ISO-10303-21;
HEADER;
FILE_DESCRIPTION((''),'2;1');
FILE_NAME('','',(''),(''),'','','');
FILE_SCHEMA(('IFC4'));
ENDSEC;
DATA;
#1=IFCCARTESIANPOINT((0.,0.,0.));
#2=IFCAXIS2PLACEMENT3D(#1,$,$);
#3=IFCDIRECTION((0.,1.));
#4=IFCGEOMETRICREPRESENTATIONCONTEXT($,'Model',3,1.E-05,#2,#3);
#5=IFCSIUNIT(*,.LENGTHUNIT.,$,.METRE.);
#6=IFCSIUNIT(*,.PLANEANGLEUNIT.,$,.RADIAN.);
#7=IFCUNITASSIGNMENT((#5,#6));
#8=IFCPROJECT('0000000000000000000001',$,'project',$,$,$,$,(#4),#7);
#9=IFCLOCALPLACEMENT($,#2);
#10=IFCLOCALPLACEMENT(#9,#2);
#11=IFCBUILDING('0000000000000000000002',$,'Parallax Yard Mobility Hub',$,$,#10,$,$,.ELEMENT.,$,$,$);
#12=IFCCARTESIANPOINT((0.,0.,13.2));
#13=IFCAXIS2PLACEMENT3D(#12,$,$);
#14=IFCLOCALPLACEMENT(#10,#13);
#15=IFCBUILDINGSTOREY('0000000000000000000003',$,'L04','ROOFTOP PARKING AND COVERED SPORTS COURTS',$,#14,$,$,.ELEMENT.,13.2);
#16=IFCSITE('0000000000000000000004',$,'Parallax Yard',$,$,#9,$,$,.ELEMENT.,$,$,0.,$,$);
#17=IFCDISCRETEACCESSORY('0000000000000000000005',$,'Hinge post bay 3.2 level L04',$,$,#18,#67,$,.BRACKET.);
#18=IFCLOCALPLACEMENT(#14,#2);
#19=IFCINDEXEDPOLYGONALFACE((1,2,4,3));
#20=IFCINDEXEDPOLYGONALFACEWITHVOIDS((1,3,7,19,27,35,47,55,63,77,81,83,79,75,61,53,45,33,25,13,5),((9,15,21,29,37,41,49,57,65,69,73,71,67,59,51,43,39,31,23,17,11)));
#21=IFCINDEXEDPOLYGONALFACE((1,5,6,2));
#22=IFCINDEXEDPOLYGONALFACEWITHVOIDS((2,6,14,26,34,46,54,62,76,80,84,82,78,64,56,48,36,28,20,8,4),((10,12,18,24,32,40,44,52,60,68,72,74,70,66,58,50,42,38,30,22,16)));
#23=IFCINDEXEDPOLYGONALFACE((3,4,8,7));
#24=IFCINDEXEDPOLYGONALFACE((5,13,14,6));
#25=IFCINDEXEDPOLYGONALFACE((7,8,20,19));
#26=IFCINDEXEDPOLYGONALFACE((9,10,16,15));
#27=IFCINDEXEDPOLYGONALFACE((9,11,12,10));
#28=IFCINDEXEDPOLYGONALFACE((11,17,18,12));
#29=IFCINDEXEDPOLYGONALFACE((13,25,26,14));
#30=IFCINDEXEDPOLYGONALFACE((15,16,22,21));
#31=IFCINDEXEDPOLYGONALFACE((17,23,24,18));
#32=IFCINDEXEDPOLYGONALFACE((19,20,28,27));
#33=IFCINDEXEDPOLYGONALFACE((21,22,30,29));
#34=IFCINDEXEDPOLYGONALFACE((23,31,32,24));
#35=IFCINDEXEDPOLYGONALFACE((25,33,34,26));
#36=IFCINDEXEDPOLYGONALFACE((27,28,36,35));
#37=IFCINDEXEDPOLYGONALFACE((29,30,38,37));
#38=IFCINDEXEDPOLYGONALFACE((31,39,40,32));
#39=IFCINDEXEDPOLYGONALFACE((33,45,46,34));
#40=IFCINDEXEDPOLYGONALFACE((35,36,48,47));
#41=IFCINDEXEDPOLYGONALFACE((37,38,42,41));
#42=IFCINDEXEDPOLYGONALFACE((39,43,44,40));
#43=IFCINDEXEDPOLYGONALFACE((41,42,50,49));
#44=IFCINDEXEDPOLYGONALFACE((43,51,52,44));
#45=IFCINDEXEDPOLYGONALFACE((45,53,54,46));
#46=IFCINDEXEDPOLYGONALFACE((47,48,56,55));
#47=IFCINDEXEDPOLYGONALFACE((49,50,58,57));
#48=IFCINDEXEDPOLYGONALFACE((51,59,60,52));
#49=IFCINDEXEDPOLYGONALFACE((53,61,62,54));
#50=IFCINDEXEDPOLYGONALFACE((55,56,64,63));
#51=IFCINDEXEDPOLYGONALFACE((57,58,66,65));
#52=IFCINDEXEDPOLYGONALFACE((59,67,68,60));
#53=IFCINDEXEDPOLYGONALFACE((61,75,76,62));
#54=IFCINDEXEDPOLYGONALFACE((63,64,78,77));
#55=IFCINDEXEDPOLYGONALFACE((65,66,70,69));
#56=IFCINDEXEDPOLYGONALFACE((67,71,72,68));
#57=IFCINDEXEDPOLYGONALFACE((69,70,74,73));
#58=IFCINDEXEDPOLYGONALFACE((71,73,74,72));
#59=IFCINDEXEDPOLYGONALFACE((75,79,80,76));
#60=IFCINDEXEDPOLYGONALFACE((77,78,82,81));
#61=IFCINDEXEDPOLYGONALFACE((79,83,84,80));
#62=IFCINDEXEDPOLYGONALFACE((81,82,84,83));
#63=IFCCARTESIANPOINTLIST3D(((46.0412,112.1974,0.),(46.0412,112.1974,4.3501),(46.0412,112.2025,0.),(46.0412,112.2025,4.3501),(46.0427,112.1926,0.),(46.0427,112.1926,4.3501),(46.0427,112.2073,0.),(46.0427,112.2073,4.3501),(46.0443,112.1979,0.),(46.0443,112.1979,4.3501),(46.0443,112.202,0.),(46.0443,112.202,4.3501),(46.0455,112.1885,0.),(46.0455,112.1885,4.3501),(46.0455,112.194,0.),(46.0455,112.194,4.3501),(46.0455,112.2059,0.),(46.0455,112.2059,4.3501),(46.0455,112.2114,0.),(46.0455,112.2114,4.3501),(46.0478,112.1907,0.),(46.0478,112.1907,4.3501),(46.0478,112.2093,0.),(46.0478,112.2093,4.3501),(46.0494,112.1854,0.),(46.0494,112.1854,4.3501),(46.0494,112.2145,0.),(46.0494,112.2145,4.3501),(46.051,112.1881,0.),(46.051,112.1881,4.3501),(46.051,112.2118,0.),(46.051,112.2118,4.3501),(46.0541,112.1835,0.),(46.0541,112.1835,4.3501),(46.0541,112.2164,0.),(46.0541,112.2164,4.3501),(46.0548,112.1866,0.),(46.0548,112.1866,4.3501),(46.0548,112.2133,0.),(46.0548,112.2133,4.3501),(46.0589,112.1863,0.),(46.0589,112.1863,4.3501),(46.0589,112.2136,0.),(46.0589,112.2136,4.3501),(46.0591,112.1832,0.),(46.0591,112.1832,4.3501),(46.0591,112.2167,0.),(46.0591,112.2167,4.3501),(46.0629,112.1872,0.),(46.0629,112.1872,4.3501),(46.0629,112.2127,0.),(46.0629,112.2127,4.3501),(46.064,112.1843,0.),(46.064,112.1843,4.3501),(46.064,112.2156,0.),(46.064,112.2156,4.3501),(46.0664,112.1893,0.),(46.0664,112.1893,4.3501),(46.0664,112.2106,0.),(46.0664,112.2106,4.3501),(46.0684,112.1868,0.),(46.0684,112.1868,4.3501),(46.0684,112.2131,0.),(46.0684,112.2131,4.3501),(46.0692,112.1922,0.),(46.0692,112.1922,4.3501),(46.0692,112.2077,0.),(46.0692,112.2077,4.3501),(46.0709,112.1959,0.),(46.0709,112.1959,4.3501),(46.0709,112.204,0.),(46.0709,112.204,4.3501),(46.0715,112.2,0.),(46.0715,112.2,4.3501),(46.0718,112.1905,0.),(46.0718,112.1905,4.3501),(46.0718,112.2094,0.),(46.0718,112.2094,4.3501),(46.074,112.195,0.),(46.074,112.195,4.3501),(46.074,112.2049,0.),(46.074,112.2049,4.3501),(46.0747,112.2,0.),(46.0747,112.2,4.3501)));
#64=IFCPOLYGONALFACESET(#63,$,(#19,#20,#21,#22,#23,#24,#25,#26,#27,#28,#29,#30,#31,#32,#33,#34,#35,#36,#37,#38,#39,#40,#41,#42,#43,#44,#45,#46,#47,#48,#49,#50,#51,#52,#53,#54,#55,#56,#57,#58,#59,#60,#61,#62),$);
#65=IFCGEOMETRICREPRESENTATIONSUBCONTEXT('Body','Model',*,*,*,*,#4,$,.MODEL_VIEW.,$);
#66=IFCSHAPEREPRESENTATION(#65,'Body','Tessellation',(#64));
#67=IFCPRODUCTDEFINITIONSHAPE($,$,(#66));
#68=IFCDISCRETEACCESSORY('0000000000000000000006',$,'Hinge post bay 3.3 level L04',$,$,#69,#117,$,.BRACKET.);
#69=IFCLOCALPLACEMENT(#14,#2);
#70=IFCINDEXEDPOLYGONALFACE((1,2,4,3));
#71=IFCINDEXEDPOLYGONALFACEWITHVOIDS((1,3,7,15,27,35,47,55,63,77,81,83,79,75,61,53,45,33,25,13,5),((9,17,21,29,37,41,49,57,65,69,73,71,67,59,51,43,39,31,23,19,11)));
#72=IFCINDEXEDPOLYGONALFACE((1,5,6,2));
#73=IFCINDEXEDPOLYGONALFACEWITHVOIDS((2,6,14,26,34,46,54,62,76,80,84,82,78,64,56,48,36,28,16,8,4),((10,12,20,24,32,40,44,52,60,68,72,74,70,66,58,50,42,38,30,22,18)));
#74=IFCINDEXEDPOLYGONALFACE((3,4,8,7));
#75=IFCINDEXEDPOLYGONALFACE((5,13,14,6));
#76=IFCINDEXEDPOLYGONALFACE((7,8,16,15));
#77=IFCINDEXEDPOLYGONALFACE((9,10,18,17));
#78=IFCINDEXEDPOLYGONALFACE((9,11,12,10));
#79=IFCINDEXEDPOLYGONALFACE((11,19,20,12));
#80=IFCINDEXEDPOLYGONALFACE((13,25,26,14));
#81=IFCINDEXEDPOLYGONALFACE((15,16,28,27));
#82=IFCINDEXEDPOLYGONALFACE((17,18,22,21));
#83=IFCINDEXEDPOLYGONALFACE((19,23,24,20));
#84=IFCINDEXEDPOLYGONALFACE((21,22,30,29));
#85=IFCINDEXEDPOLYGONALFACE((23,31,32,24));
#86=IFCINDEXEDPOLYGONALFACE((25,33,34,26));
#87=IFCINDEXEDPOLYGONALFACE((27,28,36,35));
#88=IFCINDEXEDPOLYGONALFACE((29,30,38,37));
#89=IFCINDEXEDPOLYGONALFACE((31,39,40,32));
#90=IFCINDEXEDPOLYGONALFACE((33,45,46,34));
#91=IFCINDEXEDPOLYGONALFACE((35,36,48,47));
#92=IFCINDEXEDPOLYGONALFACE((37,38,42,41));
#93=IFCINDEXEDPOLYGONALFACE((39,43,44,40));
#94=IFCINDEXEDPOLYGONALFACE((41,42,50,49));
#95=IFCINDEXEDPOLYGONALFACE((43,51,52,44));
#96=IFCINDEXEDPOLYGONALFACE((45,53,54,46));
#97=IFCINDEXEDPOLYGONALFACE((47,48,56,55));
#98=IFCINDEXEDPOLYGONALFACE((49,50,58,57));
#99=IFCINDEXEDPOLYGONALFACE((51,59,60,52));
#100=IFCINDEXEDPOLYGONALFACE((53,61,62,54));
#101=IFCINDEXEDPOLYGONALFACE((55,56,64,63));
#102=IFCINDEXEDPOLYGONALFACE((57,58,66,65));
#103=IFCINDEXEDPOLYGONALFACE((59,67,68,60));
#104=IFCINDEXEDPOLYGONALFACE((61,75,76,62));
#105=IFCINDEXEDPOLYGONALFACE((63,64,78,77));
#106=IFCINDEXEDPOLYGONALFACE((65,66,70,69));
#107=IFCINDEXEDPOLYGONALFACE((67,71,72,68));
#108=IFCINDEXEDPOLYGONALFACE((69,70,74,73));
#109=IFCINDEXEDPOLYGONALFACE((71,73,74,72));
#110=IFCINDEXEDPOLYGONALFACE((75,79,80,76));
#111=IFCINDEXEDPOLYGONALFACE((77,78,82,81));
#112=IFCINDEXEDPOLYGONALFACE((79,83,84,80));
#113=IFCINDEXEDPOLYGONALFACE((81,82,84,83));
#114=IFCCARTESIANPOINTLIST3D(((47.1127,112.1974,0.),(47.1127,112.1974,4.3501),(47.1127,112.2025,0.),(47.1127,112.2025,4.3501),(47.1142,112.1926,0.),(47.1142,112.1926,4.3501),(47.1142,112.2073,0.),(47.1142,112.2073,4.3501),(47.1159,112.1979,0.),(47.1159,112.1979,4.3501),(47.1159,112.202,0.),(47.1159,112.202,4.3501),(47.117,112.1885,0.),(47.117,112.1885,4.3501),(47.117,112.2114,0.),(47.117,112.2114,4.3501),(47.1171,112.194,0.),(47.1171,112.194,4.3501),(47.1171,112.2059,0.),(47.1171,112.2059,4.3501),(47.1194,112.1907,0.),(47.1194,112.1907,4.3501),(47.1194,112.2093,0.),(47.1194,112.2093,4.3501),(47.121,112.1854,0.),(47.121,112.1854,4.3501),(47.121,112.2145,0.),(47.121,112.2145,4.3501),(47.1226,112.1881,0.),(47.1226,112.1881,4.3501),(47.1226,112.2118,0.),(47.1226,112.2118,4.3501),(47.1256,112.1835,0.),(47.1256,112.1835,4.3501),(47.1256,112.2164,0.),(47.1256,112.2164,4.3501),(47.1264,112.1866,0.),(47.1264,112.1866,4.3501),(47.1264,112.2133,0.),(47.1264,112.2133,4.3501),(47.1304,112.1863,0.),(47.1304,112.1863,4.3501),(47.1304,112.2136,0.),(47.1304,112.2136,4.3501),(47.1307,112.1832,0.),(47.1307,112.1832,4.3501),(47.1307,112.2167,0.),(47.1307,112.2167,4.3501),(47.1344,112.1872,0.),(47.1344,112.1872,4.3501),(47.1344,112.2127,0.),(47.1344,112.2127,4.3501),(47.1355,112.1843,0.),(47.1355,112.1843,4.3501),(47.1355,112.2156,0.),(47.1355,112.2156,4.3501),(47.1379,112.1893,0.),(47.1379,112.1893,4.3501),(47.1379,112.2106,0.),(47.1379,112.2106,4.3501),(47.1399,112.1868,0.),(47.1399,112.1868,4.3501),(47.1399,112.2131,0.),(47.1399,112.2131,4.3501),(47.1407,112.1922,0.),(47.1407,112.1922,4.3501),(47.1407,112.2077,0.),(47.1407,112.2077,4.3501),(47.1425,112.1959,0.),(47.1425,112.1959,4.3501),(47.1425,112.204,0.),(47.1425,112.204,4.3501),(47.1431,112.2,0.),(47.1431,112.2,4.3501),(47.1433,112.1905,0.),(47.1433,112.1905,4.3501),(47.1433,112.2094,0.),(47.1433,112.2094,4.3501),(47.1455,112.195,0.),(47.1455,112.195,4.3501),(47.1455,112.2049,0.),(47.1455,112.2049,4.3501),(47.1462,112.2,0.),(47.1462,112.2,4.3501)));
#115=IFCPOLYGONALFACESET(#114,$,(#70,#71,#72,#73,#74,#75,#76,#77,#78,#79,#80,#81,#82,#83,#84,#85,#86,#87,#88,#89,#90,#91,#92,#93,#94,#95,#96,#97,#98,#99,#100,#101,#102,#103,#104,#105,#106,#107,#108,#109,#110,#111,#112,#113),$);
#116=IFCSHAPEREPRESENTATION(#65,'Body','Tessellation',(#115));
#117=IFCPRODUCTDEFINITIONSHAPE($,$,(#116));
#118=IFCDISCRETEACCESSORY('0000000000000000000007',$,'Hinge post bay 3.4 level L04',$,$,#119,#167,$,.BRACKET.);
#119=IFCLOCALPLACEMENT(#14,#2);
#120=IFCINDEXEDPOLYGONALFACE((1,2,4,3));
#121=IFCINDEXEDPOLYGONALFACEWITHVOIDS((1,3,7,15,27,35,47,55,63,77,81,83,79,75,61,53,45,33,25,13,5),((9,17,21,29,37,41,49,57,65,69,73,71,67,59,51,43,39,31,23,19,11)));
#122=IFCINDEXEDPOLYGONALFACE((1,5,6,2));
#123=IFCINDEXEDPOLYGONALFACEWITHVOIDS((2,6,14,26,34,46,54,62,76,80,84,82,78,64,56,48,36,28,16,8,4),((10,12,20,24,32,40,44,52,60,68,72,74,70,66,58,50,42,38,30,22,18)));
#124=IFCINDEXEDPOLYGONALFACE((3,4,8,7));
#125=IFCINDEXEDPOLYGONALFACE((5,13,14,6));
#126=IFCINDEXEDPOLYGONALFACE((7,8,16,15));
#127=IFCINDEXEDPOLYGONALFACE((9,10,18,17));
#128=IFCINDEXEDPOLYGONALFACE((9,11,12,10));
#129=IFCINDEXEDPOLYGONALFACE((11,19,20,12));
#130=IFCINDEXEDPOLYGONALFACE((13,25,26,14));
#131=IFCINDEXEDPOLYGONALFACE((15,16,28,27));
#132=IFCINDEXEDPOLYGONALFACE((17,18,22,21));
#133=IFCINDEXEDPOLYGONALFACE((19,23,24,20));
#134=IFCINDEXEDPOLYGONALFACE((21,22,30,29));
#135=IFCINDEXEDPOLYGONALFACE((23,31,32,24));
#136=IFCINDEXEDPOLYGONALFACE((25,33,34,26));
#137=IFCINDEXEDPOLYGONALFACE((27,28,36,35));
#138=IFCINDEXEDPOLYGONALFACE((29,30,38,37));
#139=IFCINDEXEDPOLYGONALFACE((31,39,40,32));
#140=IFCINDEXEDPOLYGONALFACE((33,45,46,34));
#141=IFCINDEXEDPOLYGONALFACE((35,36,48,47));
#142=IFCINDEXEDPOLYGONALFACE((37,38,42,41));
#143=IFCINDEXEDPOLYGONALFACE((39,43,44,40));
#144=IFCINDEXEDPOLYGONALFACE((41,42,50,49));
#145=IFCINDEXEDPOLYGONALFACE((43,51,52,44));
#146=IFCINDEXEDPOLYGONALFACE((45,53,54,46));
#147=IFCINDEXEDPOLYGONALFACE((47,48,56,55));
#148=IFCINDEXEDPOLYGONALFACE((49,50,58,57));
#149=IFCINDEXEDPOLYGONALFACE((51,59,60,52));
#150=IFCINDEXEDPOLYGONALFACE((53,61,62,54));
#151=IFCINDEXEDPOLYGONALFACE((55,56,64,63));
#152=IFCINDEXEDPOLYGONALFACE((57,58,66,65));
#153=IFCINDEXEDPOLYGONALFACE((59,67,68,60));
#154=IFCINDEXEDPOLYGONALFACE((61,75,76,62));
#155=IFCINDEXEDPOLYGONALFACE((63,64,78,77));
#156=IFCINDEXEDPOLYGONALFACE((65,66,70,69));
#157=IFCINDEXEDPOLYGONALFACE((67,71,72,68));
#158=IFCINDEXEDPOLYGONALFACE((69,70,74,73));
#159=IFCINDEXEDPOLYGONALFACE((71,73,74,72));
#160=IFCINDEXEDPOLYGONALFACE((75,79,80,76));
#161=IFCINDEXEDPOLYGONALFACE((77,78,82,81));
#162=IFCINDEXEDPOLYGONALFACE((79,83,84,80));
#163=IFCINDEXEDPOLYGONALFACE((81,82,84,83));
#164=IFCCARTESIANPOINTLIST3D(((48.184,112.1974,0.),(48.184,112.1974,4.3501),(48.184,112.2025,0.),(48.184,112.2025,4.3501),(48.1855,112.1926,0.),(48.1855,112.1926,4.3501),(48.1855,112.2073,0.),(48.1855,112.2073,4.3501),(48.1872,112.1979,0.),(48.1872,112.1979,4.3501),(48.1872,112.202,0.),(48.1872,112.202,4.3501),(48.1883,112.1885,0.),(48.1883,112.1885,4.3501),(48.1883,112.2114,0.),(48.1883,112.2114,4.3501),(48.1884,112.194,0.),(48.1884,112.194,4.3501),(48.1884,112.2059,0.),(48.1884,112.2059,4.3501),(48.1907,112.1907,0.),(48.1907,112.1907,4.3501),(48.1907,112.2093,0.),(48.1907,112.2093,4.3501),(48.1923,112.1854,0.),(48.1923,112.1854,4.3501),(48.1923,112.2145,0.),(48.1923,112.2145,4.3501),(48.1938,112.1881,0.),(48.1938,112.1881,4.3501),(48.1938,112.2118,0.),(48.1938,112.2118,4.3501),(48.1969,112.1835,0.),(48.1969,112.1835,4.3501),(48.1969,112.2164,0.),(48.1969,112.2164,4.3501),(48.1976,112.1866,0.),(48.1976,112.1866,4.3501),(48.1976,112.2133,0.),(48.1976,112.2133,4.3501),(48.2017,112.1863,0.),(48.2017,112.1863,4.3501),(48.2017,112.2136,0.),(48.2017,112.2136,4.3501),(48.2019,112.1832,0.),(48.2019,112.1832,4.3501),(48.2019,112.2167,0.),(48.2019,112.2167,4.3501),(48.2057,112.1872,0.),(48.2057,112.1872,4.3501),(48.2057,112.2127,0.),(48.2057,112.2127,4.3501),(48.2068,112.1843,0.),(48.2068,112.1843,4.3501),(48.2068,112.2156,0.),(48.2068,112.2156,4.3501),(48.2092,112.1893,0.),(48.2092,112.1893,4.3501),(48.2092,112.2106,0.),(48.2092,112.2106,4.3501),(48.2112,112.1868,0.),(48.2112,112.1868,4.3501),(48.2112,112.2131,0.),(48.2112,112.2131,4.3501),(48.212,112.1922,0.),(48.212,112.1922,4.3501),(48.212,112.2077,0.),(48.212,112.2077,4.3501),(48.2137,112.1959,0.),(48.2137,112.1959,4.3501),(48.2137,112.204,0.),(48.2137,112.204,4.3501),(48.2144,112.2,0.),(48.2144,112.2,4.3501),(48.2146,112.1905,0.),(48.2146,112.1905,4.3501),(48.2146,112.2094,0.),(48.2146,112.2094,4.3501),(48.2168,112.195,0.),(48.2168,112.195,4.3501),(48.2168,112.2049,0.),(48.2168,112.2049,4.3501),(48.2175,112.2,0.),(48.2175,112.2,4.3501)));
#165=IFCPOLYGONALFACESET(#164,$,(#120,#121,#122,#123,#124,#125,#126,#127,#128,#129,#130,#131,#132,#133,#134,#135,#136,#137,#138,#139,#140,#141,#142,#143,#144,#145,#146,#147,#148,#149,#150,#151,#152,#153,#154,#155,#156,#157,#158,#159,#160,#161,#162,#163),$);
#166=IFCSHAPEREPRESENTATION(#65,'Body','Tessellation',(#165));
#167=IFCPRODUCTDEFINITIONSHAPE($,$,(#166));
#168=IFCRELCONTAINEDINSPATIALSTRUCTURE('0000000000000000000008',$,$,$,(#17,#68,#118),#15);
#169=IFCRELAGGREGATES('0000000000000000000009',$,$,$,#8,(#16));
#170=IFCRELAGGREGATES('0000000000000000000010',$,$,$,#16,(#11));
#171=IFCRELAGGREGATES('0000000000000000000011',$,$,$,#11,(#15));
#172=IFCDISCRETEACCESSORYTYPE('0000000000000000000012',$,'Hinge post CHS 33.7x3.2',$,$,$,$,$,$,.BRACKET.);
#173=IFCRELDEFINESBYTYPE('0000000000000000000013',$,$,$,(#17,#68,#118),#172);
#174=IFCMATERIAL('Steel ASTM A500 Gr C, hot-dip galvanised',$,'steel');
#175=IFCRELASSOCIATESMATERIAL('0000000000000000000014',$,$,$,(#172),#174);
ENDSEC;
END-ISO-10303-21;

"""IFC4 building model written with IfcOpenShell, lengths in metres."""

from ifc_helpers import new_model, si_unit, direction, frame, origin, origin_2d, place, context, subcontext, project, spatial, hollow_circle, extrude, material, material_profile, profile_set, type_object, element, save


model = new_model("IFC4")

# Units and contexts
model_context = context("Model", 3, precision=1e-05, world=origin(), true_north=direction((0.0, 1.0)))
body_context = subcontext(model_context, "Body", "Model", "MODEL_VIEW")
ifc_project = project(units=[si_unit("LENGTHUNIT", "METRE"), si_unit("PLANEANGLEUNIT", "RADIAN")], contexts=[model_context])

# Site, building, storey
site_placement = place(None, origin())
site = spatial("IfcSite", under=ifc_project, at=site_placement, Name="Parallax Yard", CompositionType="ELEMENT", RefElevation=0.0)
building_placement = place(site_placement, origin())
building = spatial("IfcBuilding", under=site, at=building_placement, Name="Parallax Yard Mobility Hub", CompositionType="ELEMENT")
storey_placement = place(building_placement, frame((0.0, 0.0, 13.2)))
storey = spatial("IfcBuildingStorey", under=building, at=storey_placement, Name="L04", Description="ROOFTOP PARKING AND COVERED SPORTS COURTS", CompositionType="ELEMENT", Elevation=13.2)

# Discrete accessories
ifc_material_1 = material(Name="Steel ASTM A500 Gr C, hot-dip galvanised", Category="steel")
ifc_material_profile_1 = material_profile(ifc_material_1, hollow_circle(Radius=0.0168, WallThickness=0.0032, at=origin_2d()), Name="CHS 33.7x3.2")
ifc_profile_set_1 = profile_set([ifc_material_profile_1], Name="Steel ASTM A500 Gr C, hot-dip galvanised")
discrete_accessory_type_1 = type_object("IfcDiscreteAccessoryType", Name="Hinge post CHS 33.7x3.2", PredefinedType="BRACKET", material=ifc_profile_set_1)
for number, where, z_axis, x_axis, name in (
    (1, (46.0579, 112.2, 0.0), (0.0, 0.0, 1.0), (1.0, 0.0, 0.0), "Hinge post bay 3.2 level L04"),
    (2, (47.1294, 112.2, 0.0), (0.0, 0.0, 1.0), (1.0, 0.0, 0.0), "Hinge post bay 3.3 level L04"),
    (3, (48.2007, 112.2, 0.0), (0.0, 0.0, 1.0), (1.0, 0.0, 0.0), "Hinge post bay 3.4 level L04"),
):
    element("IfcDiscreteAccessory", number, at=place(storey_placement, frame(where, z_axis=z_axis, x_axis=x_axis)), inside=storey, type_object=discrete_accessory_type_1, Name=name, PredefinedType="BRACKET", context=body_context, shape_type="SweptSolid", body=[
        extrude(hollow_circle(Radius=0.0168, WallThickness=0.0032, at=origin_2d()), origin(), (0.0, 0.0, 1.0), 4.3501),
    ])

save(model, "model.ifc")
